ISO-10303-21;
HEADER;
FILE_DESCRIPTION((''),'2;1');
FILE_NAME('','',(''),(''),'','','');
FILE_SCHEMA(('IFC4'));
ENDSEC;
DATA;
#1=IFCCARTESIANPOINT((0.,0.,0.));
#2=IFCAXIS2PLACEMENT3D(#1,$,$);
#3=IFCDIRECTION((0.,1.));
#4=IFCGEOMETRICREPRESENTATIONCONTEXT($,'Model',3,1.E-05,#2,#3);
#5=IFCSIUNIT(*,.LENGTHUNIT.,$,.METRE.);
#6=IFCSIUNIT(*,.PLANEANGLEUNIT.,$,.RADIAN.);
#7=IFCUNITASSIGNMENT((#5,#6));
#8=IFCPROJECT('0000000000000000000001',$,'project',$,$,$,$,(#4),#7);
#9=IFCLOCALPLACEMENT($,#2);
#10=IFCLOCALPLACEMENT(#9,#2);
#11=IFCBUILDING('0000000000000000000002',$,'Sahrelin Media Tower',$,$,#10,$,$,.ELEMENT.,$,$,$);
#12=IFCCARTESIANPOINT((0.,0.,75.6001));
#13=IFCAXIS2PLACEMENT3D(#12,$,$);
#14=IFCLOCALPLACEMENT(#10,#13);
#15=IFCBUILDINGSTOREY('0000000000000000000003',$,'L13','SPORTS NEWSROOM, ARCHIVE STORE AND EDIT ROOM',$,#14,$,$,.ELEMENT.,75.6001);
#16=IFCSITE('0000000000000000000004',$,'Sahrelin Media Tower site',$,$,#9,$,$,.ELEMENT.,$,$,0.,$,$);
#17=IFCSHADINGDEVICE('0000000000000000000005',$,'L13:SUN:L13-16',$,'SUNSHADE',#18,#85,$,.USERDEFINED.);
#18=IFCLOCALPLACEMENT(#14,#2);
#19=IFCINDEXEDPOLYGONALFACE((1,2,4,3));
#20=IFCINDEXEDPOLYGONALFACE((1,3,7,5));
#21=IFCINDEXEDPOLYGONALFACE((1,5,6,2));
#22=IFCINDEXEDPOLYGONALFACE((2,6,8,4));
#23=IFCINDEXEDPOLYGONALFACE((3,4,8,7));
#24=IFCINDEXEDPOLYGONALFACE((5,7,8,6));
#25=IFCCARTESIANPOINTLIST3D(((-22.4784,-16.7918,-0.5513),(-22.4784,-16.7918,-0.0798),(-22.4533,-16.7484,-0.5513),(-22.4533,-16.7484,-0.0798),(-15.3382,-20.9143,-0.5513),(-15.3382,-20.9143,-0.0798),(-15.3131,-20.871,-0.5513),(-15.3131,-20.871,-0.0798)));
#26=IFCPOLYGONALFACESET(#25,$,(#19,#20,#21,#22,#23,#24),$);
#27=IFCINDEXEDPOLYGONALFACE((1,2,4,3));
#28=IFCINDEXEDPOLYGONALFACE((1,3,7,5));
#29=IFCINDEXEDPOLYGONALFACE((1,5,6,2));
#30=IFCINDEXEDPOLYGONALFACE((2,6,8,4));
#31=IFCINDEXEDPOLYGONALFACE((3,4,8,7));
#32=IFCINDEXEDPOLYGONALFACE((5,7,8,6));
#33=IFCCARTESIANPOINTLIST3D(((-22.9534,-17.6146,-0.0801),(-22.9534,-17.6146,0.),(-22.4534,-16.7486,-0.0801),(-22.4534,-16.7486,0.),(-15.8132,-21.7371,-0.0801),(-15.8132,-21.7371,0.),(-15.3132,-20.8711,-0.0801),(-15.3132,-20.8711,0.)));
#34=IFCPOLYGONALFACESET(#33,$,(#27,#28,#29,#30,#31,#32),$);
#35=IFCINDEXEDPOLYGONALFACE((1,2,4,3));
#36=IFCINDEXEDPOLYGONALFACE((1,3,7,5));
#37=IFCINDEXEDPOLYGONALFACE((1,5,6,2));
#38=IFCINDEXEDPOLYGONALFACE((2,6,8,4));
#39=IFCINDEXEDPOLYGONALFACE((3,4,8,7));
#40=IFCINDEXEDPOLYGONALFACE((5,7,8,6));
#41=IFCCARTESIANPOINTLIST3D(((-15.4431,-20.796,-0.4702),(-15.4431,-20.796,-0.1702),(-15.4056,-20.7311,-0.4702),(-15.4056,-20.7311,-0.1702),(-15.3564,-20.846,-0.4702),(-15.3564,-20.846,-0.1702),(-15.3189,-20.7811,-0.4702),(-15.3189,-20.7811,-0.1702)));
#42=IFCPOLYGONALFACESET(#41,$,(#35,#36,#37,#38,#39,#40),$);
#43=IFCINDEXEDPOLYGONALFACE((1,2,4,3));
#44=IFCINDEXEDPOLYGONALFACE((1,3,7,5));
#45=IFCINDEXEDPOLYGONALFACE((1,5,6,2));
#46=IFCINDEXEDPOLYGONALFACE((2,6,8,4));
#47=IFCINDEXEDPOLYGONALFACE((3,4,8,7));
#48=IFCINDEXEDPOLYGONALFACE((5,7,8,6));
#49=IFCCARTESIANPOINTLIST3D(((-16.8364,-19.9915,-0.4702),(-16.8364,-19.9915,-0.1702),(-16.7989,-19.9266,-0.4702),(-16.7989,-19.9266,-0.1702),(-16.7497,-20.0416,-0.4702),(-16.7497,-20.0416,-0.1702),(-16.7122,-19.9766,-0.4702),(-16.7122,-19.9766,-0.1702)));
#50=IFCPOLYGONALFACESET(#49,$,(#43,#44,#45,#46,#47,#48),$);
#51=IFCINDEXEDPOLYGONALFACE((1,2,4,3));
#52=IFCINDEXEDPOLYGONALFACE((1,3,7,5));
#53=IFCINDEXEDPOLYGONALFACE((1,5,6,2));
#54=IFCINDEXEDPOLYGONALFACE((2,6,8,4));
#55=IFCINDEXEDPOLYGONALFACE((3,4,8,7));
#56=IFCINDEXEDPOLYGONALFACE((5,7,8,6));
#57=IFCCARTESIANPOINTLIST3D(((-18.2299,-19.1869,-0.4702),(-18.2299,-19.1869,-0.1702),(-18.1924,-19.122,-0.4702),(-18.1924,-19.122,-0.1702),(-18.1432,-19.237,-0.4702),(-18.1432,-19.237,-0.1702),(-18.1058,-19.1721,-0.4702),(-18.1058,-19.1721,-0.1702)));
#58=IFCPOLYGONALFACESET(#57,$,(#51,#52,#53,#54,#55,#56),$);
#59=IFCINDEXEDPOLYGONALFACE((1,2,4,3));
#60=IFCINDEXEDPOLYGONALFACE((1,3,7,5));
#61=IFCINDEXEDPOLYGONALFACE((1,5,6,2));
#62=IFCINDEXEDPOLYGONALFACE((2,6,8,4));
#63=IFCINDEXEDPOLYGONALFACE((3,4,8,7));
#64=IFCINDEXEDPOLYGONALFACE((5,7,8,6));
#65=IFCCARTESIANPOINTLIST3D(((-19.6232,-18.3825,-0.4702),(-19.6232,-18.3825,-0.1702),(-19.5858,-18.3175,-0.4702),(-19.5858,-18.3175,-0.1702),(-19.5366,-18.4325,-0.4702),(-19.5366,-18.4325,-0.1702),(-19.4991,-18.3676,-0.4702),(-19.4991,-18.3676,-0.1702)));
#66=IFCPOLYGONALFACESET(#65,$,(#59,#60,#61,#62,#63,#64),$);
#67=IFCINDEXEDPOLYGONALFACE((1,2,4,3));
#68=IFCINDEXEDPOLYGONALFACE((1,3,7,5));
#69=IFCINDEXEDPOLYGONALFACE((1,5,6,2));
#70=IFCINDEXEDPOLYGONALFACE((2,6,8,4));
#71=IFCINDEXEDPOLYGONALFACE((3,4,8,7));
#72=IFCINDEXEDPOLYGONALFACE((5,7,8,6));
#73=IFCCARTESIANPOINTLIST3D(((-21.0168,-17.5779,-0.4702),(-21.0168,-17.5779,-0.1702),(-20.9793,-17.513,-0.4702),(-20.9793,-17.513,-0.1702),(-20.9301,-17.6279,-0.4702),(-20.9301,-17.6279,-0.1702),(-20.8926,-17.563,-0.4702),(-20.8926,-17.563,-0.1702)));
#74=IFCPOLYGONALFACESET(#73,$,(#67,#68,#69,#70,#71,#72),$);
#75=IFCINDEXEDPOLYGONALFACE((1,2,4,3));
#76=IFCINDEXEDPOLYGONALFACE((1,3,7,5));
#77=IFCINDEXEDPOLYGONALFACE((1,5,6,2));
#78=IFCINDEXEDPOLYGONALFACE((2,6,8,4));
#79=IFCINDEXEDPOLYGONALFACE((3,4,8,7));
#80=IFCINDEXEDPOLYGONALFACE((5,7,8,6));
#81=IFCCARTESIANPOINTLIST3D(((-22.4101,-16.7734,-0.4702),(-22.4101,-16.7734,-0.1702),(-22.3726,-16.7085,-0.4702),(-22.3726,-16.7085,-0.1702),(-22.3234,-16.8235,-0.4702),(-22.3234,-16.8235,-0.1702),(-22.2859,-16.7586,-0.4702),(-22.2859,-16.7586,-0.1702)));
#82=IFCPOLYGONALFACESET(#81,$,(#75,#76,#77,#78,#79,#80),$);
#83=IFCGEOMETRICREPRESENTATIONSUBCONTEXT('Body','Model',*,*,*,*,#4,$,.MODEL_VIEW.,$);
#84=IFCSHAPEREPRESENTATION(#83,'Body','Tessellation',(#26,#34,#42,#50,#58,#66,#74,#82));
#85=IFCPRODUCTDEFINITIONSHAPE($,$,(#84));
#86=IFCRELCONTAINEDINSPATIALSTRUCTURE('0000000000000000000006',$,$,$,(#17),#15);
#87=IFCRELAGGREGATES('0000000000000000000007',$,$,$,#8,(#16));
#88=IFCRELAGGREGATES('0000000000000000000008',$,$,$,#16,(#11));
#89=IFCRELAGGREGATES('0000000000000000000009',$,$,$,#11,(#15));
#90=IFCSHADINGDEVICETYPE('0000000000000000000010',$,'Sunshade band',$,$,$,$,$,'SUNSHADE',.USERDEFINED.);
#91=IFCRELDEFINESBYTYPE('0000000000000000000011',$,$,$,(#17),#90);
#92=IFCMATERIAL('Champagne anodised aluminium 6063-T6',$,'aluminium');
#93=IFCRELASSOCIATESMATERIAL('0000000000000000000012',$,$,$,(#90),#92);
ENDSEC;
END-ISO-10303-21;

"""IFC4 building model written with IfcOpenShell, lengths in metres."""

from ifc_helpers import new_model, si_unit, direction, frame, origin, origin_2d, place, context, subcontext, project, spatial, rectangle, extrude, material, type_object, element, save


model = new_model("IFC4")

# Units and contexts
model_context = context("Model", 3, precision=1e-05, world=origin(), true_north=direction((0.0, 1.0)))
body_context = subcontext(model_context, "Body", "Model", "MODEL_VIEW")
ifc_project = project(units=[si_unit("LENGTHUNIT", "METRE"), si_unit("PLANEANGLEUNIT", "RADIAN")], contexts=[model_context])

# Site, building, storey
site_placement = place(None, origin())
site = spatial("IfcSite", under=ifc_project, at=site_placement, Name="Sahrelin Media Tower site", CompositionType="ELEMENT", RefElevation=0.0)
building_placement = place(site_placement, origin())
building = spatial("IfcBuilding", under=site, at=building_placement, Name="Sahrelin Media Tower", CompositionType="ELEMENT")
storey_placement = place(building_placement, frame((0.0, 0.0, 75.6001)))
storey = spatial("IfcBuildingStorey", under=building, at=storey_placement, Name="L13", Description="SPORTS NEWSROOM, ARCHIVE STORE AND EDIT ROOM", CompositionType="ELEMENT", Elevation=75.6001)

# Shared definitions
ifc_material_1 = material(Name="Champagne anodised aluminium 6063-T6", Category="aluminium")

# Shading device
placement_1 = place(storey_placement, frame((-18.8733, -18.7925, 0.0), z_axis=(0.0, 0.0, 1.0), x_axis=(-0.866019, 0.500011, 0.0)))
shading_device_type_1 = type_object("IfcShadingDeviceType", Name="Sunshade band", ElementType="SUNSHADE", PredefinedType="USERDEFINED", material=ifc_material_1)
element("IfcShadingDevice", 1, at=placement_1, inside=storey, type_object=shading_device_type_1, Name="L13:SUN:L13-16", ObjectType="SUNSHADE", PredefinedType="USERDEFINED", context=body_context, shape_type="SweptSolid", body=[
    extrude(rectangle(XDim=8.2449, YDim=0.05, at=origin_2d()), frame((0.0, 0.0449, -0.5513)), (0.0, 0.0, 1.0), 0.4714),
    extrude(rectangle(XDim=8.2449, YDim=1.0, at=origin_2d()), frame((0.0, 0.52, -0.0801)), (0.0, 0.0, 1.0), 0.0801),
    extrude(rectangle(XDim=0.1001, YDim=0.075, at=origin_2d()), frame((-4.0225, -0.0176, -0.4702)), (0.0, 0.0, 1.0), 0.3),
    extrude(rectangle(XDim=0.1001, YDim=0.075, at=origin_2d()), frame((-2.4136, -0.0176, -0.4702)), (0.0, 0.0, 1.0), 0.3),
    extrude(rectangle(XDim=0.1001, YDim=0.075, at=origin_2d()), frame((-0.8044, -0.0176, -0.4702)), (0.0, 0.0, 1.0), 0.3),
    extrude(rectangle(XDim=0.1001, YDim=0.075, at=origin_2d()), frame((0.8044, -0.0176, -0.4702)), (0.0, 0.0, 1.0), 0.3),
    extrude(rectangle(XDim=0.1001, YDim=0.075, at=origin_2d()), frame((2.4136, -0.0176, -0.4702)), (0.0, 0.0, 1.0), 0.3),
    extrude(rectangle(XDim=0.1001, YDim=0.075, at=origin_2d()), frame((4.0225, -0.0176, -0.4702)), (0.0, 0.0, 1.0), 0.3),
])

save(model, "model.ifc")
